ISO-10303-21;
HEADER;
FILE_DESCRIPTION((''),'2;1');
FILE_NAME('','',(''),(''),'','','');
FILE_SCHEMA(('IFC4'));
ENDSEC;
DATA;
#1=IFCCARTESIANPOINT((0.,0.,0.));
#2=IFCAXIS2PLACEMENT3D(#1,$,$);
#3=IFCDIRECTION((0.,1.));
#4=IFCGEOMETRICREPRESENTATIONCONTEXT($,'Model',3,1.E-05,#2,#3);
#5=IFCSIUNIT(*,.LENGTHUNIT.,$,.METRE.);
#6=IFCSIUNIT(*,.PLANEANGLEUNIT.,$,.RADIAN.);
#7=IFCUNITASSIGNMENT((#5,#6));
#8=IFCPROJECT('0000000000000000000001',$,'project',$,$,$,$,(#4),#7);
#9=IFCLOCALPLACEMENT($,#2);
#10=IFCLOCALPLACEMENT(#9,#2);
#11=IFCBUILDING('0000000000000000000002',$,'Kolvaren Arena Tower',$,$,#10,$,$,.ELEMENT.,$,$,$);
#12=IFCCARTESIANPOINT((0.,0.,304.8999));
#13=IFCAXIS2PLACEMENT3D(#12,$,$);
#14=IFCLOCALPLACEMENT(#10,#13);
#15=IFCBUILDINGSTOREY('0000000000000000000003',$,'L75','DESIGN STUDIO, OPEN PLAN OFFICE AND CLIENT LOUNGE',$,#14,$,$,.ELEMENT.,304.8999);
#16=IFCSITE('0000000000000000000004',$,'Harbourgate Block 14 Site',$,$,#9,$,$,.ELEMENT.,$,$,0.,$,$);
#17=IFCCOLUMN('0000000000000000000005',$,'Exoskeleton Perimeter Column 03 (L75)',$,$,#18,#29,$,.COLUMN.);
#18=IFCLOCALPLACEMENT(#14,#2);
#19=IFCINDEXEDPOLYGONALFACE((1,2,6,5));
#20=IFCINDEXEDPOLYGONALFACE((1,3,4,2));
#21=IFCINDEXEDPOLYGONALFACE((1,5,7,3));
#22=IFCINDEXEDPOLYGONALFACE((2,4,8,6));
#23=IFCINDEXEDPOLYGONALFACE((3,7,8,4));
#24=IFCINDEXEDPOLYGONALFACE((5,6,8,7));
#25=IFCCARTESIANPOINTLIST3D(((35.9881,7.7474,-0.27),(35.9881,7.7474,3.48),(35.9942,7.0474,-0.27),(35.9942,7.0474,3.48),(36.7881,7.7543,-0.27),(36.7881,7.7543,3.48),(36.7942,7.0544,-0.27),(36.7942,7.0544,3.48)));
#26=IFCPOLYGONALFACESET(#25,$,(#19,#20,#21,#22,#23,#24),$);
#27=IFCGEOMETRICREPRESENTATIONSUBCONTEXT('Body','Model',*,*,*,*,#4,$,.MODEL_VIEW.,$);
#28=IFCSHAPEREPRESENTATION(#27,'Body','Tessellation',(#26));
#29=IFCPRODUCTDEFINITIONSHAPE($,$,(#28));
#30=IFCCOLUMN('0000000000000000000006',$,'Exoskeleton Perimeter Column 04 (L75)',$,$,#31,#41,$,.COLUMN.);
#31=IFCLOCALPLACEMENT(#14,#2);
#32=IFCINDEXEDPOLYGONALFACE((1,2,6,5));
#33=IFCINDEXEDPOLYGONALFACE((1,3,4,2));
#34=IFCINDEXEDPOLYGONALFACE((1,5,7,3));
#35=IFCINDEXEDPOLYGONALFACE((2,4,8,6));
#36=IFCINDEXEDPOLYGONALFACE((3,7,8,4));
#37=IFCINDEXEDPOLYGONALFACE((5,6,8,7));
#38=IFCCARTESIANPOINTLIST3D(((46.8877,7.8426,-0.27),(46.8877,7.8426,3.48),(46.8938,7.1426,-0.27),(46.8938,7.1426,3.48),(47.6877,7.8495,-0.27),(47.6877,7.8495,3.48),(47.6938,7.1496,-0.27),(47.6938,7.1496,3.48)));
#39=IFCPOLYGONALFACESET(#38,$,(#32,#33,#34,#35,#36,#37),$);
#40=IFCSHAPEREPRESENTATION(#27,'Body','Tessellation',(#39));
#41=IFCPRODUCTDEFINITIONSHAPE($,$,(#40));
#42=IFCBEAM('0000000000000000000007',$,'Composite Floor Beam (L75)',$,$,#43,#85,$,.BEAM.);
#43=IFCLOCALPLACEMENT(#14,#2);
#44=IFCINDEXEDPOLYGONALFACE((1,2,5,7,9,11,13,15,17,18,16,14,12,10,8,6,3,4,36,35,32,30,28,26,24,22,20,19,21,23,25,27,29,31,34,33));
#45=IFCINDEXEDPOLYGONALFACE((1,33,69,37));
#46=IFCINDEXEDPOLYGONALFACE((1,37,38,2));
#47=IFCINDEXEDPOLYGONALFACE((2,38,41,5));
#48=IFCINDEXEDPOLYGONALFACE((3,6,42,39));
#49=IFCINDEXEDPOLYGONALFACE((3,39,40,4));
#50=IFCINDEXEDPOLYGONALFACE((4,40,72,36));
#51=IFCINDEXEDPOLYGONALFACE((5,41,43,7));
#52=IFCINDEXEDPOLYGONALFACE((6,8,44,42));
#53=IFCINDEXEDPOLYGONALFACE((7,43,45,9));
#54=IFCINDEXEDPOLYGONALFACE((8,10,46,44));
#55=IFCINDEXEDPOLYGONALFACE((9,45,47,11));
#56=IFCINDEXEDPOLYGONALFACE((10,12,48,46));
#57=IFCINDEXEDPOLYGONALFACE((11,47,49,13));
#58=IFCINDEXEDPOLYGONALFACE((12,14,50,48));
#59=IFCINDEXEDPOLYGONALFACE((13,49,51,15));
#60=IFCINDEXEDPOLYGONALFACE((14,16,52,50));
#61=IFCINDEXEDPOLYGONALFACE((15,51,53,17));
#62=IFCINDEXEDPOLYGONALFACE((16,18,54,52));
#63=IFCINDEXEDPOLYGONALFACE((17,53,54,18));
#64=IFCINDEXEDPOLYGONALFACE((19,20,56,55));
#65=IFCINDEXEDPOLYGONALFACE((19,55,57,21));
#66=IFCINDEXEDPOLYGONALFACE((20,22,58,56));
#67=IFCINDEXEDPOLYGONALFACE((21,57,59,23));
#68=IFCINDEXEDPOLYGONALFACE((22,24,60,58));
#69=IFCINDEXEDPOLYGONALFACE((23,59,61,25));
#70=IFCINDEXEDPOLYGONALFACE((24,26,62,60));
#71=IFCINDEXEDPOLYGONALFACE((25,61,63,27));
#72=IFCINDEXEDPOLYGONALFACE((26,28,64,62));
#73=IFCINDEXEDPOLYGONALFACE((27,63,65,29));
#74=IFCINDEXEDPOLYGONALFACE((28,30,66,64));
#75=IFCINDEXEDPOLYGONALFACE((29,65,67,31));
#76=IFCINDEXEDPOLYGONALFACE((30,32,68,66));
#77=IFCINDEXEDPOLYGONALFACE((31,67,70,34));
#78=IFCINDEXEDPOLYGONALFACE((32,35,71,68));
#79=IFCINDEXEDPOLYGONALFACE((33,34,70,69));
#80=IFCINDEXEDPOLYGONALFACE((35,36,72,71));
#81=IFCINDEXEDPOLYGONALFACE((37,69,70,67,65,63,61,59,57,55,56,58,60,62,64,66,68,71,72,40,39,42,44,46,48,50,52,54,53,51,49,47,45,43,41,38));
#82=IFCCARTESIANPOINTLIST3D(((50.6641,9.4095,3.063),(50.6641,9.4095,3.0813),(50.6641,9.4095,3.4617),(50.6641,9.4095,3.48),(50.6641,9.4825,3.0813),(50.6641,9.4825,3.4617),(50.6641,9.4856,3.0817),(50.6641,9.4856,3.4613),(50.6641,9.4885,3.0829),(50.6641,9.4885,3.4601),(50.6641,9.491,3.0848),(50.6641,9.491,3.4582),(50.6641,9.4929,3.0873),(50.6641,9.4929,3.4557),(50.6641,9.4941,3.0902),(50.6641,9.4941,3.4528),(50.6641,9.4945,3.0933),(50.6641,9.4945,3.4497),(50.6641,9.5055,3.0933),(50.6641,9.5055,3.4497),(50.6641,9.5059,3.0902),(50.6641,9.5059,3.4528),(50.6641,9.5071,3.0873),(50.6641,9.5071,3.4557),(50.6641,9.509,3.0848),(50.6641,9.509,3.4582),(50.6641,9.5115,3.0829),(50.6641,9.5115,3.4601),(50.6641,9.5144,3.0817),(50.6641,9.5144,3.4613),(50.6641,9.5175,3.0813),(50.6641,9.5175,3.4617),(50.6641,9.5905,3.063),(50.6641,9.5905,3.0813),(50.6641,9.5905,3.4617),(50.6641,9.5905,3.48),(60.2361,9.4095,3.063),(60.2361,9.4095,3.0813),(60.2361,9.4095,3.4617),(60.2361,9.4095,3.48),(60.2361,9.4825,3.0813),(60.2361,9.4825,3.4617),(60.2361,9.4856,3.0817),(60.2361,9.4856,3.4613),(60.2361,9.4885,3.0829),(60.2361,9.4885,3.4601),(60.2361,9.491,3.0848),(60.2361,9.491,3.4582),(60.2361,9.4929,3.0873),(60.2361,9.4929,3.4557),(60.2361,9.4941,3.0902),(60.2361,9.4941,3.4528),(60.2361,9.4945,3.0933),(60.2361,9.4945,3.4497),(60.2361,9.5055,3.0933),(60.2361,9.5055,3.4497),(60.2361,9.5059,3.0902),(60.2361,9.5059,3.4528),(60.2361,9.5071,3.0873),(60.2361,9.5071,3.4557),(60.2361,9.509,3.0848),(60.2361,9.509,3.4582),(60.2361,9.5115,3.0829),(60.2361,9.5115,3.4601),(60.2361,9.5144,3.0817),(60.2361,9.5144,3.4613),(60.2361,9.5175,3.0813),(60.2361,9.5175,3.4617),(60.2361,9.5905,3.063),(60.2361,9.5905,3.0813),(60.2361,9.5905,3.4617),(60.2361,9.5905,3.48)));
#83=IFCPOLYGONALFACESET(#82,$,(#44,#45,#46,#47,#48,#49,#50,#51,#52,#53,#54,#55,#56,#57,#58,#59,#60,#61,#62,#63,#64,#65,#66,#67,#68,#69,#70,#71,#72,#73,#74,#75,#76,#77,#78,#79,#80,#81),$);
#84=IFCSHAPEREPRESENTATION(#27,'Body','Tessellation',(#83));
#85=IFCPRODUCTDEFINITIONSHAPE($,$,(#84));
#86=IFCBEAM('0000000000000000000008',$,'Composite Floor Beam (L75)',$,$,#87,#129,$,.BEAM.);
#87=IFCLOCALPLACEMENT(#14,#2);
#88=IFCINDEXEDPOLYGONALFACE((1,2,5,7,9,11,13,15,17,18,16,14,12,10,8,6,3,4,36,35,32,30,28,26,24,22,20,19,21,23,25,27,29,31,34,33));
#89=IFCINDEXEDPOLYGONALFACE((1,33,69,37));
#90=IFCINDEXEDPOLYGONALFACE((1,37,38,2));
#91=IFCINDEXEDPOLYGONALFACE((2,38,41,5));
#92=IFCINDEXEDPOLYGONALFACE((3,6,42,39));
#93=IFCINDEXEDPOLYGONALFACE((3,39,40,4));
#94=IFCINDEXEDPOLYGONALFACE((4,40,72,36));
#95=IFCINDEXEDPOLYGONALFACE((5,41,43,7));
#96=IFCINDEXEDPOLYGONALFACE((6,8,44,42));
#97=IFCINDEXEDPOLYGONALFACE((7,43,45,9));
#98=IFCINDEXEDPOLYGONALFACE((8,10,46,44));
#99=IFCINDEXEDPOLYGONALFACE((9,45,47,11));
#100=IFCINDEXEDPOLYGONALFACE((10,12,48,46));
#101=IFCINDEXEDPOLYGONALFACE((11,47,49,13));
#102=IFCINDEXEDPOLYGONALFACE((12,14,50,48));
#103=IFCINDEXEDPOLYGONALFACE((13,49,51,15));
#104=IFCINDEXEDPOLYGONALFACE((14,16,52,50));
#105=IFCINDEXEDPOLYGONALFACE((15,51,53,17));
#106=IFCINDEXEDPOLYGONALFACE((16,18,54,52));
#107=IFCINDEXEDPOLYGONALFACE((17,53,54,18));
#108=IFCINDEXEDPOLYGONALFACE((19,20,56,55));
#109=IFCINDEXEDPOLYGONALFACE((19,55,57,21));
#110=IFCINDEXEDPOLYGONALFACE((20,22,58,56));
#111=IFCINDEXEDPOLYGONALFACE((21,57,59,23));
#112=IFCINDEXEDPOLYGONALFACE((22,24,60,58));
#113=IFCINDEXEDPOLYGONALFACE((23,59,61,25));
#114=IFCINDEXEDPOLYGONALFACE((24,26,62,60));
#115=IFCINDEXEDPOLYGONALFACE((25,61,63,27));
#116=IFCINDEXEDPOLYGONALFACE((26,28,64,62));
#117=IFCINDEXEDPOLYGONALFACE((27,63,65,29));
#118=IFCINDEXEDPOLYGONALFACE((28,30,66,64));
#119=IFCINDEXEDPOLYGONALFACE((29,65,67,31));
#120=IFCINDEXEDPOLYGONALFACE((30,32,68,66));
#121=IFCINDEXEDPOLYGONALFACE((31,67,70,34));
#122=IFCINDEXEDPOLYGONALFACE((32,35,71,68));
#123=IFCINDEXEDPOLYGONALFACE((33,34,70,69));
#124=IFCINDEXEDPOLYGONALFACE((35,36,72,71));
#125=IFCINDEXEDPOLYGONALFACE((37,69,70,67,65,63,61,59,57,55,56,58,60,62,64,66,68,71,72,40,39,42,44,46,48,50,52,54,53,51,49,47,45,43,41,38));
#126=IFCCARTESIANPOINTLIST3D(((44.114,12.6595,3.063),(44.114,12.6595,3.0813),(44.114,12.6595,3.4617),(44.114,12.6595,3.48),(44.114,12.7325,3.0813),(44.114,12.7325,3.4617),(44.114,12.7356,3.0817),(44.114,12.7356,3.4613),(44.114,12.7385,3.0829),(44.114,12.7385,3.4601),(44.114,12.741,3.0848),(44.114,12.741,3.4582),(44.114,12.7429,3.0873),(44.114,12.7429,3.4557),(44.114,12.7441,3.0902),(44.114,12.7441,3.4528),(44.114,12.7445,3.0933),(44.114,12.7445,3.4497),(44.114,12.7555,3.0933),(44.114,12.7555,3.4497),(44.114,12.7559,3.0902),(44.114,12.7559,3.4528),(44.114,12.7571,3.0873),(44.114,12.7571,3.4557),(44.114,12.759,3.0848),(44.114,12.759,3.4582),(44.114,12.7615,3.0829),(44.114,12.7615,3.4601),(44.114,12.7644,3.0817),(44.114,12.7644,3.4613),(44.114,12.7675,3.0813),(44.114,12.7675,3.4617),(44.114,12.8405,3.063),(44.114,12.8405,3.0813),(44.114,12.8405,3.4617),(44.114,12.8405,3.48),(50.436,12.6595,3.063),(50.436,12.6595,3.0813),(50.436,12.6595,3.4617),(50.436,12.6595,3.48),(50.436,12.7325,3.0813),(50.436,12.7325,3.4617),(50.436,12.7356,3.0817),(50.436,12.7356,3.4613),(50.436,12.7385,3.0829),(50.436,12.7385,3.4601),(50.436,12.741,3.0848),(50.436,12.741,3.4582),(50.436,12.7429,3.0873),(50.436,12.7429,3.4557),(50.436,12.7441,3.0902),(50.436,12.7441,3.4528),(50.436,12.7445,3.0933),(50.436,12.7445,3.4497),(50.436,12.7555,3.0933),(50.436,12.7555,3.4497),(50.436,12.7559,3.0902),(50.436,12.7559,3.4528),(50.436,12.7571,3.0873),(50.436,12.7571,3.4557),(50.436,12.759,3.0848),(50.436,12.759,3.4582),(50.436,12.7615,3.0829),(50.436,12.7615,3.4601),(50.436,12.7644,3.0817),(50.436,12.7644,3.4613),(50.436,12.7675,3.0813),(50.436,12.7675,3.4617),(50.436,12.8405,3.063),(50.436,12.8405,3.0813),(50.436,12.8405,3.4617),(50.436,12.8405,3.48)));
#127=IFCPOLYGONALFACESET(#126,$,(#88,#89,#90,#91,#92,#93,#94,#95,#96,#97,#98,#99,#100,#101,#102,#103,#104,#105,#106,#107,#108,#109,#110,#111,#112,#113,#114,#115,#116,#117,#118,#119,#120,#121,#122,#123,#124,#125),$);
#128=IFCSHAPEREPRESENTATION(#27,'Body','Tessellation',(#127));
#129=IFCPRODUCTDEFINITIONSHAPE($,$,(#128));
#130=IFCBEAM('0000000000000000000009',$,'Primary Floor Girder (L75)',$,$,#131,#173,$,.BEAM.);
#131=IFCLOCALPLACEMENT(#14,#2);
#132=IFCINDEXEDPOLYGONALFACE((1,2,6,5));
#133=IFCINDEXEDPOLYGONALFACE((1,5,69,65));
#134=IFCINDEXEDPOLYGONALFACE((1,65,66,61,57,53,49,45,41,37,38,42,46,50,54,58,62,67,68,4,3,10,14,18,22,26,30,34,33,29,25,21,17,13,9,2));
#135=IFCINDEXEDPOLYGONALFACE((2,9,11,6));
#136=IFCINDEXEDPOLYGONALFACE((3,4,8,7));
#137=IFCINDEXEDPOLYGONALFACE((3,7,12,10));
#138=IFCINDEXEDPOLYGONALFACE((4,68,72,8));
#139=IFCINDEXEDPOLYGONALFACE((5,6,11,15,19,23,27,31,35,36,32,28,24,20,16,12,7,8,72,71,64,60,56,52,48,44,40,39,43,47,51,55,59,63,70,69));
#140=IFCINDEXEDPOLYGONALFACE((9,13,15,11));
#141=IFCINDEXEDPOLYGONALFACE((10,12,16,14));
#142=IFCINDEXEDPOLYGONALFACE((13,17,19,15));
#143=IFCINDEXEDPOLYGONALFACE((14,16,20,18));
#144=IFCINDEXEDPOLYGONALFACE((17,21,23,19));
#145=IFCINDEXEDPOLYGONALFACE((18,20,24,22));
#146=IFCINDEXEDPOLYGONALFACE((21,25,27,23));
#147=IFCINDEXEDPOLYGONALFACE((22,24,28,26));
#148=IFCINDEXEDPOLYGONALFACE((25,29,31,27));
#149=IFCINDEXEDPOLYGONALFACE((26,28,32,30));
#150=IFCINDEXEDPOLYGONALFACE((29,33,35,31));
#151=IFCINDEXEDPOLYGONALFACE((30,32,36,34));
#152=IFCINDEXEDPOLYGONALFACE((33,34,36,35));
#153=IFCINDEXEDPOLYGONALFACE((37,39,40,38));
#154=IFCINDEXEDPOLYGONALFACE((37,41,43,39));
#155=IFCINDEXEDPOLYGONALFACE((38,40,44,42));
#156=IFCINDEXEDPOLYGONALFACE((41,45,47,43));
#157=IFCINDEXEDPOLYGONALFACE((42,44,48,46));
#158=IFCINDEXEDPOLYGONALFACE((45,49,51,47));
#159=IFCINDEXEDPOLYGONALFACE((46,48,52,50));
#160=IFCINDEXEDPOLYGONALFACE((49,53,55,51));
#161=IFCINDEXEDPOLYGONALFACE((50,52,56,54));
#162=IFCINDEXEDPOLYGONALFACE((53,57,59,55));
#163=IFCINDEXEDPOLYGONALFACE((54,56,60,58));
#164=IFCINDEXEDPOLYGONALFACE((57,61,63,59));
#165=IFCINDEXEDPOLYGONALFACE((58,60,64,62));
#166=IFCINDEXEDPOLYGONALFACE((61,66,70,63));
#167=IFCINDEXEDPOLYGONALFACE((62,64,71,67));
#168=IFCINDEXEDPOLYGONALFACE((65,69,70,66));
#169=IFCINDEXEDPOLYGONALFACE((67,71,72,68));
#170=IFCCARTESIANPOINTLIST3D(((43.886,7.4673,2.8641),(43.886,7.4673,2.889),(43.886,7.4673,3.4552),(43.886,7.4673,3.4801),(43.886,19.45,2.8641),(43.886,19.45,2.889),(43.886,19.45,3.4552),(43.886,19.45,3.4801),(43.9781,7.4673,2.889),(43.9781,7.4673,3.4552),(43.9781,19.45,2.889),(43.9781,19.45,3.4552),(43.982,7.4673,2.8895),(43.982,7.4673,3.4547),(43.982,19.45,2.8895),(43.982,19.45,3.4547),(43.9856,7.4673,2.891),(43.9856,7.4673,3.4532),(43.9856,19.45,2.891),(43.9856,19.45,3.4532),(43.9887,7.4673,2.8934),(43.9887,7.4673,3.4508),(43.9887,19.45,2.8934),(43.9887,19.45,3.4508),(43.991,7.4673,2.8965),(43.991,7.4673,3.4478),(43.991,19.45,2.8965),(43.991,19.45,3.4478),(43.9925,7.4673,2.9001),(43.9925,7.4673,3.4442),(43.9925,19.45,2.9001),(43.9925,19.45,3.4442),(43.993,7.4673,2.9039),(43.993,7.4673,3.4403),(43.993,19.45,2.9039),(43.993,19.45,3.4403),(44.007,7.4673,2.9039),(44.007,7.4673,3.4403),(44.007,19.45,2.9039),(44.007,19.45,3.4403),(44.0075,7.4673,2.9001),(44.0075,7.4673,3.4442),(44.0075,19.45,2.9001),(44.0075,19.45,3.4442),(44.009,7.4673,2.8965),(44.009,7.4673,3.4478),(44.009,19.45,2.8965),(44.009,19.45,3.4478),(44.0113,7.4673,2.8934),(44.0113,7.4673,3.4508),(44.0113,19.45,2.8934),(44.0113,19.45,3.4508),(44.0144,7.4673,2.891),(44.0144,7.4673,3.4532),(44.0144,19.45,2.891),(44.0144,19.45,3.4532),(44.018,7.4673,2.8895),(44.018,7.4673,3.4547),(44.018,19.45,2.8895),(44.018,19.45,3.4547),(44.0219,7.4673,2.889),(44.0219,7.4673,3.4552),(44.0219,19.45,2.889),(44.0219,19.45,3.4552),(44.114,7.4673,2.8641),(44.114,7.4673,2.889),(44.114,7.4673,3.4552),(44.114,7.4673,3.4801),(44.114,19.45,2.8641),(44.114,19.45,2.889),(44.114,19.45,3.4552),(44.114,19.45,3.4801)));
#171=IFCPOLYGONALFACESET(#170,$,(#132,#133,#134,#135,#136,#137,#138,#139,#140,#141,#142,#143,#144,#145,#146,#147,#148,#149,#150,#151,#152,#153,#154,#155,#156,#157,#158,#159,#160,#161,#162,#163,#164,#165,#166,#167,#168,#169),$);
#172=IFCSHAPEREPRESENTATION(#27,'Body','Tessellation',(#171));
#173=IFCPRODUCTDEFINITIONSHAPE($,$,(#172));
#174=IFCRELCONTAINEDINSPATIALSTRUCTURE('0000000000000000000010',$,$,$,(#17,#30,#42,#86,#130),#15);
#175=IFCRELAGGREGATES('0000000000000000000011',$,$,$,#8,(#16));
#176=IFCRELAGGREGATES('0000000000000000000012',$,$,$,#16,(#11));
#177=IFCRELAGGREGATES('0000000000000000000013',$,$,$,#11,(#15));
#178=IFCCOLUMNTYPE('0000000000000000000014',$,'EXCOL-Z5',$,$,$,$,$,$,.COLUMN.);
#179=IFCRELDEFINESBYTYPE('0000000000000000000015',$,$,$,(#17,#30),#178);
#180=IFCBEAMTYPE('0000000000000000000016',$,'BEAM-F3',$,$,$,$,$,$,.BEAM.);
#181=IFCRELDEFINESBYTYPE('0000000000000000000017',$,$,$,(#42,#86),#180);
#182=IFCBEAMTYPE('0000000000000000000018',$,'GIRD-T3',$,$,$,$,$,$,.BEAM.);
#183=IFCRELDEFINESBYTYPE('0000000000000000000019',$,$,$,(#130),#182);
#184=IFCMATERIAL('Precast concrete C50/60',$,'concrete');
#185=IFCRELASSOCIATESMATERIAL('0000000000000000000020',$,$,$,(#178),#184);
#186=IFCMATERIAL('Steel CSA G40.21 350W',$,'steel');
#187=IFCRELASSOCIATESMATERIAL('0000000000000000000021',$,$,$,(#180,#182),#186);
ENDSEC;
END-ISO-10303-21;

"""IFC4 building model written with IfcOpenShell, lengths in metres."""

from ifc_helpers import new_model, si_unit, direction, frame, origin, origin_2d, place, context, subcontext, project, spatial, rectangle, i_section, extrude, material, material_profile, profile_set, type_object, element, save


model = new_model("IFC4")

# Units and contexts
model_context = context("Model", 3, precision=1e-05, world=origin(), true_north=direction((0.0, 1.0)))
body_context = subcontext(model_context, "Body", "Model", "MODEL_VIEW")
ifc_project = project(units=[si_unit("LENGTHUNIT", "METRE"), si_unit("PLANEANGLEUNIT", "RADIAN")], contexts=[model_context])

# Site, building, storey
site_placement = place(None, origin())
site = spatial("IfcSite", under=ifc_project, at=site_placement, Name="Harbourgate Block 14 Site", CompositionType="ELEMENT", RefElevation=0.0)
building_placement = place(site_placement, origin())
building = spatial("IfcBuilding", under=site, at=building_placement, Name="Kolvaren Arena Tower", CompositionType="ELEMENT")
storey_placement = place(building_placement, frame((0.0, 0.0, 304.8999)))
storey = spatial("IfcBuildingStorey", under=building, at=storey_placement, Name="L75", Description="DESIGN STUDIO, OPEN PLAN OFFICE AND CLIENT LOUNGE", CompositionType="ELEMENT", Elevation=304.8999)

# Columns
ifc_material_1 = material(Name="Precast concrete C50/60", Category="concrete")
ifc_material_profile_1 = material_profile(ifc_material_1, rectangle(XDim=0.8, YDim=0.7, at=origin_2d()), Name="RC-800x700")
ifc_profile_set_1 = profile_set([ifc_material_profile_1], Name="Precast concrete C50/60")
column_type = type_object("IfcColumnType", Name="EXCOL-Z5", PredefinedType="COLUMN", material=ifc_profile_set_1)
for number, where, z_axis, x_axis, name in (
    (1, (36.3911, 7.4009, -0.27), (0.0, 0.0, 1.0), (0.999962, 0.008727, 0.0), "Exoskeleton Perimeter Column 03 (L75)"),
    (2, (47.2908, 7.4961, -0.27), (0.0, 0.0, 1.0), (0.999962, 0.008727, 0.0), "Exoskeleton Perimeter Column 04 (L75)"),
):
    element("IfcColumn", number, at=place(storey_placement, frame(where, z_axis=z_axis, x_axis=x_axis)), inside=storey, type_object=column_type, Name=name, PredefinedType="COLUMN", context=body_context, shape_type="SweptSolid", body=[
        extrude(rectangle(XDim=0.8, YDim=0.7, at=origin_2d()), origin(), (0.0, 0.0, 1.0), 3.75),
    ])

# Beams
ifc_material_2 = material(Name="Steel CSA G40.21 350W", Category="steel")
ifc_material_profile_2 = material_profile(ifc_material_2, i_section(OverallWidth=0.1809, OverallDepth=0.417, WebThickness=0.011, FlangeThickness=0.0183, FilletRadius=0.012, at=origin_2d()), Name="W410x85")
ifc_profile_set_2 = profile_set([ifc_material_profile_2], Name="Steel CSA G40.21 350W")
beam_type_1 = type_object("IfcBeamType", Name="BEAM-F3", PredefinedType="BEAM", material=ifc_profile_set_2)
beam_1_placement = place(storey_placement, frame((50.6641, 9.5, 3.2715), z_axis=(1.0, 0.0, 0.0), x_axis=(0.0, 1.0, 0.0)))
element("IfcBeam", 3, at=beam_1_placement, inside=storey, type_object=beam_type_1, Name="Composite Floor Beam (L75)", PredefinedType="BEAM", context=body_context, shape_type="SweptSolid", body=[
    extrude(i_section(OverallWidth=0.1809, OverallDepth=0.417, WebThickness=0.011, FlangeThickness=0.0183, FilletRadius=0.012, at=origin_2d()), origin(), (0.0, 0.0, 1.0), 9.572),
])
beam_2_placement = place(storey_placement, frame((44.114, 12.75, 3.2715), z_axis=(1.0, 0.0, 0.0), x_axis=(0.0, 1.0, 0.0)))
element("IfcBeam", 4, at=beam_2_placement, inside=storey, type_object=beam_type_1, Name="Composite Floor Beam (L75)", PredefinedType="BEAM", context=body_context, shape_type="SweptSolid", body=[
    extrude(i_section(OverallWidth=0.1809, OverallDepth=0.417, WebThickness=0.011, FlangeThickness=0.0183, FilletRadius=0.012, at=origin_2d()), origin(), (0.0, 0.0, 1.0), 6.322),
])
ifc_material_profile_3 = material_profile(ifc_material_2, i_section(OverallWidth=0.228, OverallDepth=0.616, WebThickness=0.0139, FlangeThickness=0.0249, FilletRadius=0.0149, at=origin_2d()), Name="W610x174")
ifc_profile_set_3 = profile_set([ifc_material_profile_3], Name="Steel CSA G40.21 350W")
beam_type_2 = type_object("IfcBeamType", Name="GIRD-T3", PredefinedType="BEAM", material=ifc_profile_set_3)
beam_3_placement = place(storey_placement, frame((44.0, 7.4673, 3.1721), z_axis=(0.0, 1.0, 0.0), x_axis=(-1.0, 0.0, 0.0)))
element("IfcBeam", 5, at=beam_3_placement, inside=storey, type_object=beam_type_2, Name="Primary Floor Girder (L75)", PredefinedType="BEAM", context=body_context, shape_type="SweptSolid", body=[
    extrude(i_section(OverallWidth=0.228, OverallDepth=0.616, WebThickness=0.0139, FlangeThickness=0.0249, FilletRadius=0.0149, at=origin_2d()), origin(), (0.0, 0.0, 1.0), 11.9827),
])

save(model, "model.ifc")
